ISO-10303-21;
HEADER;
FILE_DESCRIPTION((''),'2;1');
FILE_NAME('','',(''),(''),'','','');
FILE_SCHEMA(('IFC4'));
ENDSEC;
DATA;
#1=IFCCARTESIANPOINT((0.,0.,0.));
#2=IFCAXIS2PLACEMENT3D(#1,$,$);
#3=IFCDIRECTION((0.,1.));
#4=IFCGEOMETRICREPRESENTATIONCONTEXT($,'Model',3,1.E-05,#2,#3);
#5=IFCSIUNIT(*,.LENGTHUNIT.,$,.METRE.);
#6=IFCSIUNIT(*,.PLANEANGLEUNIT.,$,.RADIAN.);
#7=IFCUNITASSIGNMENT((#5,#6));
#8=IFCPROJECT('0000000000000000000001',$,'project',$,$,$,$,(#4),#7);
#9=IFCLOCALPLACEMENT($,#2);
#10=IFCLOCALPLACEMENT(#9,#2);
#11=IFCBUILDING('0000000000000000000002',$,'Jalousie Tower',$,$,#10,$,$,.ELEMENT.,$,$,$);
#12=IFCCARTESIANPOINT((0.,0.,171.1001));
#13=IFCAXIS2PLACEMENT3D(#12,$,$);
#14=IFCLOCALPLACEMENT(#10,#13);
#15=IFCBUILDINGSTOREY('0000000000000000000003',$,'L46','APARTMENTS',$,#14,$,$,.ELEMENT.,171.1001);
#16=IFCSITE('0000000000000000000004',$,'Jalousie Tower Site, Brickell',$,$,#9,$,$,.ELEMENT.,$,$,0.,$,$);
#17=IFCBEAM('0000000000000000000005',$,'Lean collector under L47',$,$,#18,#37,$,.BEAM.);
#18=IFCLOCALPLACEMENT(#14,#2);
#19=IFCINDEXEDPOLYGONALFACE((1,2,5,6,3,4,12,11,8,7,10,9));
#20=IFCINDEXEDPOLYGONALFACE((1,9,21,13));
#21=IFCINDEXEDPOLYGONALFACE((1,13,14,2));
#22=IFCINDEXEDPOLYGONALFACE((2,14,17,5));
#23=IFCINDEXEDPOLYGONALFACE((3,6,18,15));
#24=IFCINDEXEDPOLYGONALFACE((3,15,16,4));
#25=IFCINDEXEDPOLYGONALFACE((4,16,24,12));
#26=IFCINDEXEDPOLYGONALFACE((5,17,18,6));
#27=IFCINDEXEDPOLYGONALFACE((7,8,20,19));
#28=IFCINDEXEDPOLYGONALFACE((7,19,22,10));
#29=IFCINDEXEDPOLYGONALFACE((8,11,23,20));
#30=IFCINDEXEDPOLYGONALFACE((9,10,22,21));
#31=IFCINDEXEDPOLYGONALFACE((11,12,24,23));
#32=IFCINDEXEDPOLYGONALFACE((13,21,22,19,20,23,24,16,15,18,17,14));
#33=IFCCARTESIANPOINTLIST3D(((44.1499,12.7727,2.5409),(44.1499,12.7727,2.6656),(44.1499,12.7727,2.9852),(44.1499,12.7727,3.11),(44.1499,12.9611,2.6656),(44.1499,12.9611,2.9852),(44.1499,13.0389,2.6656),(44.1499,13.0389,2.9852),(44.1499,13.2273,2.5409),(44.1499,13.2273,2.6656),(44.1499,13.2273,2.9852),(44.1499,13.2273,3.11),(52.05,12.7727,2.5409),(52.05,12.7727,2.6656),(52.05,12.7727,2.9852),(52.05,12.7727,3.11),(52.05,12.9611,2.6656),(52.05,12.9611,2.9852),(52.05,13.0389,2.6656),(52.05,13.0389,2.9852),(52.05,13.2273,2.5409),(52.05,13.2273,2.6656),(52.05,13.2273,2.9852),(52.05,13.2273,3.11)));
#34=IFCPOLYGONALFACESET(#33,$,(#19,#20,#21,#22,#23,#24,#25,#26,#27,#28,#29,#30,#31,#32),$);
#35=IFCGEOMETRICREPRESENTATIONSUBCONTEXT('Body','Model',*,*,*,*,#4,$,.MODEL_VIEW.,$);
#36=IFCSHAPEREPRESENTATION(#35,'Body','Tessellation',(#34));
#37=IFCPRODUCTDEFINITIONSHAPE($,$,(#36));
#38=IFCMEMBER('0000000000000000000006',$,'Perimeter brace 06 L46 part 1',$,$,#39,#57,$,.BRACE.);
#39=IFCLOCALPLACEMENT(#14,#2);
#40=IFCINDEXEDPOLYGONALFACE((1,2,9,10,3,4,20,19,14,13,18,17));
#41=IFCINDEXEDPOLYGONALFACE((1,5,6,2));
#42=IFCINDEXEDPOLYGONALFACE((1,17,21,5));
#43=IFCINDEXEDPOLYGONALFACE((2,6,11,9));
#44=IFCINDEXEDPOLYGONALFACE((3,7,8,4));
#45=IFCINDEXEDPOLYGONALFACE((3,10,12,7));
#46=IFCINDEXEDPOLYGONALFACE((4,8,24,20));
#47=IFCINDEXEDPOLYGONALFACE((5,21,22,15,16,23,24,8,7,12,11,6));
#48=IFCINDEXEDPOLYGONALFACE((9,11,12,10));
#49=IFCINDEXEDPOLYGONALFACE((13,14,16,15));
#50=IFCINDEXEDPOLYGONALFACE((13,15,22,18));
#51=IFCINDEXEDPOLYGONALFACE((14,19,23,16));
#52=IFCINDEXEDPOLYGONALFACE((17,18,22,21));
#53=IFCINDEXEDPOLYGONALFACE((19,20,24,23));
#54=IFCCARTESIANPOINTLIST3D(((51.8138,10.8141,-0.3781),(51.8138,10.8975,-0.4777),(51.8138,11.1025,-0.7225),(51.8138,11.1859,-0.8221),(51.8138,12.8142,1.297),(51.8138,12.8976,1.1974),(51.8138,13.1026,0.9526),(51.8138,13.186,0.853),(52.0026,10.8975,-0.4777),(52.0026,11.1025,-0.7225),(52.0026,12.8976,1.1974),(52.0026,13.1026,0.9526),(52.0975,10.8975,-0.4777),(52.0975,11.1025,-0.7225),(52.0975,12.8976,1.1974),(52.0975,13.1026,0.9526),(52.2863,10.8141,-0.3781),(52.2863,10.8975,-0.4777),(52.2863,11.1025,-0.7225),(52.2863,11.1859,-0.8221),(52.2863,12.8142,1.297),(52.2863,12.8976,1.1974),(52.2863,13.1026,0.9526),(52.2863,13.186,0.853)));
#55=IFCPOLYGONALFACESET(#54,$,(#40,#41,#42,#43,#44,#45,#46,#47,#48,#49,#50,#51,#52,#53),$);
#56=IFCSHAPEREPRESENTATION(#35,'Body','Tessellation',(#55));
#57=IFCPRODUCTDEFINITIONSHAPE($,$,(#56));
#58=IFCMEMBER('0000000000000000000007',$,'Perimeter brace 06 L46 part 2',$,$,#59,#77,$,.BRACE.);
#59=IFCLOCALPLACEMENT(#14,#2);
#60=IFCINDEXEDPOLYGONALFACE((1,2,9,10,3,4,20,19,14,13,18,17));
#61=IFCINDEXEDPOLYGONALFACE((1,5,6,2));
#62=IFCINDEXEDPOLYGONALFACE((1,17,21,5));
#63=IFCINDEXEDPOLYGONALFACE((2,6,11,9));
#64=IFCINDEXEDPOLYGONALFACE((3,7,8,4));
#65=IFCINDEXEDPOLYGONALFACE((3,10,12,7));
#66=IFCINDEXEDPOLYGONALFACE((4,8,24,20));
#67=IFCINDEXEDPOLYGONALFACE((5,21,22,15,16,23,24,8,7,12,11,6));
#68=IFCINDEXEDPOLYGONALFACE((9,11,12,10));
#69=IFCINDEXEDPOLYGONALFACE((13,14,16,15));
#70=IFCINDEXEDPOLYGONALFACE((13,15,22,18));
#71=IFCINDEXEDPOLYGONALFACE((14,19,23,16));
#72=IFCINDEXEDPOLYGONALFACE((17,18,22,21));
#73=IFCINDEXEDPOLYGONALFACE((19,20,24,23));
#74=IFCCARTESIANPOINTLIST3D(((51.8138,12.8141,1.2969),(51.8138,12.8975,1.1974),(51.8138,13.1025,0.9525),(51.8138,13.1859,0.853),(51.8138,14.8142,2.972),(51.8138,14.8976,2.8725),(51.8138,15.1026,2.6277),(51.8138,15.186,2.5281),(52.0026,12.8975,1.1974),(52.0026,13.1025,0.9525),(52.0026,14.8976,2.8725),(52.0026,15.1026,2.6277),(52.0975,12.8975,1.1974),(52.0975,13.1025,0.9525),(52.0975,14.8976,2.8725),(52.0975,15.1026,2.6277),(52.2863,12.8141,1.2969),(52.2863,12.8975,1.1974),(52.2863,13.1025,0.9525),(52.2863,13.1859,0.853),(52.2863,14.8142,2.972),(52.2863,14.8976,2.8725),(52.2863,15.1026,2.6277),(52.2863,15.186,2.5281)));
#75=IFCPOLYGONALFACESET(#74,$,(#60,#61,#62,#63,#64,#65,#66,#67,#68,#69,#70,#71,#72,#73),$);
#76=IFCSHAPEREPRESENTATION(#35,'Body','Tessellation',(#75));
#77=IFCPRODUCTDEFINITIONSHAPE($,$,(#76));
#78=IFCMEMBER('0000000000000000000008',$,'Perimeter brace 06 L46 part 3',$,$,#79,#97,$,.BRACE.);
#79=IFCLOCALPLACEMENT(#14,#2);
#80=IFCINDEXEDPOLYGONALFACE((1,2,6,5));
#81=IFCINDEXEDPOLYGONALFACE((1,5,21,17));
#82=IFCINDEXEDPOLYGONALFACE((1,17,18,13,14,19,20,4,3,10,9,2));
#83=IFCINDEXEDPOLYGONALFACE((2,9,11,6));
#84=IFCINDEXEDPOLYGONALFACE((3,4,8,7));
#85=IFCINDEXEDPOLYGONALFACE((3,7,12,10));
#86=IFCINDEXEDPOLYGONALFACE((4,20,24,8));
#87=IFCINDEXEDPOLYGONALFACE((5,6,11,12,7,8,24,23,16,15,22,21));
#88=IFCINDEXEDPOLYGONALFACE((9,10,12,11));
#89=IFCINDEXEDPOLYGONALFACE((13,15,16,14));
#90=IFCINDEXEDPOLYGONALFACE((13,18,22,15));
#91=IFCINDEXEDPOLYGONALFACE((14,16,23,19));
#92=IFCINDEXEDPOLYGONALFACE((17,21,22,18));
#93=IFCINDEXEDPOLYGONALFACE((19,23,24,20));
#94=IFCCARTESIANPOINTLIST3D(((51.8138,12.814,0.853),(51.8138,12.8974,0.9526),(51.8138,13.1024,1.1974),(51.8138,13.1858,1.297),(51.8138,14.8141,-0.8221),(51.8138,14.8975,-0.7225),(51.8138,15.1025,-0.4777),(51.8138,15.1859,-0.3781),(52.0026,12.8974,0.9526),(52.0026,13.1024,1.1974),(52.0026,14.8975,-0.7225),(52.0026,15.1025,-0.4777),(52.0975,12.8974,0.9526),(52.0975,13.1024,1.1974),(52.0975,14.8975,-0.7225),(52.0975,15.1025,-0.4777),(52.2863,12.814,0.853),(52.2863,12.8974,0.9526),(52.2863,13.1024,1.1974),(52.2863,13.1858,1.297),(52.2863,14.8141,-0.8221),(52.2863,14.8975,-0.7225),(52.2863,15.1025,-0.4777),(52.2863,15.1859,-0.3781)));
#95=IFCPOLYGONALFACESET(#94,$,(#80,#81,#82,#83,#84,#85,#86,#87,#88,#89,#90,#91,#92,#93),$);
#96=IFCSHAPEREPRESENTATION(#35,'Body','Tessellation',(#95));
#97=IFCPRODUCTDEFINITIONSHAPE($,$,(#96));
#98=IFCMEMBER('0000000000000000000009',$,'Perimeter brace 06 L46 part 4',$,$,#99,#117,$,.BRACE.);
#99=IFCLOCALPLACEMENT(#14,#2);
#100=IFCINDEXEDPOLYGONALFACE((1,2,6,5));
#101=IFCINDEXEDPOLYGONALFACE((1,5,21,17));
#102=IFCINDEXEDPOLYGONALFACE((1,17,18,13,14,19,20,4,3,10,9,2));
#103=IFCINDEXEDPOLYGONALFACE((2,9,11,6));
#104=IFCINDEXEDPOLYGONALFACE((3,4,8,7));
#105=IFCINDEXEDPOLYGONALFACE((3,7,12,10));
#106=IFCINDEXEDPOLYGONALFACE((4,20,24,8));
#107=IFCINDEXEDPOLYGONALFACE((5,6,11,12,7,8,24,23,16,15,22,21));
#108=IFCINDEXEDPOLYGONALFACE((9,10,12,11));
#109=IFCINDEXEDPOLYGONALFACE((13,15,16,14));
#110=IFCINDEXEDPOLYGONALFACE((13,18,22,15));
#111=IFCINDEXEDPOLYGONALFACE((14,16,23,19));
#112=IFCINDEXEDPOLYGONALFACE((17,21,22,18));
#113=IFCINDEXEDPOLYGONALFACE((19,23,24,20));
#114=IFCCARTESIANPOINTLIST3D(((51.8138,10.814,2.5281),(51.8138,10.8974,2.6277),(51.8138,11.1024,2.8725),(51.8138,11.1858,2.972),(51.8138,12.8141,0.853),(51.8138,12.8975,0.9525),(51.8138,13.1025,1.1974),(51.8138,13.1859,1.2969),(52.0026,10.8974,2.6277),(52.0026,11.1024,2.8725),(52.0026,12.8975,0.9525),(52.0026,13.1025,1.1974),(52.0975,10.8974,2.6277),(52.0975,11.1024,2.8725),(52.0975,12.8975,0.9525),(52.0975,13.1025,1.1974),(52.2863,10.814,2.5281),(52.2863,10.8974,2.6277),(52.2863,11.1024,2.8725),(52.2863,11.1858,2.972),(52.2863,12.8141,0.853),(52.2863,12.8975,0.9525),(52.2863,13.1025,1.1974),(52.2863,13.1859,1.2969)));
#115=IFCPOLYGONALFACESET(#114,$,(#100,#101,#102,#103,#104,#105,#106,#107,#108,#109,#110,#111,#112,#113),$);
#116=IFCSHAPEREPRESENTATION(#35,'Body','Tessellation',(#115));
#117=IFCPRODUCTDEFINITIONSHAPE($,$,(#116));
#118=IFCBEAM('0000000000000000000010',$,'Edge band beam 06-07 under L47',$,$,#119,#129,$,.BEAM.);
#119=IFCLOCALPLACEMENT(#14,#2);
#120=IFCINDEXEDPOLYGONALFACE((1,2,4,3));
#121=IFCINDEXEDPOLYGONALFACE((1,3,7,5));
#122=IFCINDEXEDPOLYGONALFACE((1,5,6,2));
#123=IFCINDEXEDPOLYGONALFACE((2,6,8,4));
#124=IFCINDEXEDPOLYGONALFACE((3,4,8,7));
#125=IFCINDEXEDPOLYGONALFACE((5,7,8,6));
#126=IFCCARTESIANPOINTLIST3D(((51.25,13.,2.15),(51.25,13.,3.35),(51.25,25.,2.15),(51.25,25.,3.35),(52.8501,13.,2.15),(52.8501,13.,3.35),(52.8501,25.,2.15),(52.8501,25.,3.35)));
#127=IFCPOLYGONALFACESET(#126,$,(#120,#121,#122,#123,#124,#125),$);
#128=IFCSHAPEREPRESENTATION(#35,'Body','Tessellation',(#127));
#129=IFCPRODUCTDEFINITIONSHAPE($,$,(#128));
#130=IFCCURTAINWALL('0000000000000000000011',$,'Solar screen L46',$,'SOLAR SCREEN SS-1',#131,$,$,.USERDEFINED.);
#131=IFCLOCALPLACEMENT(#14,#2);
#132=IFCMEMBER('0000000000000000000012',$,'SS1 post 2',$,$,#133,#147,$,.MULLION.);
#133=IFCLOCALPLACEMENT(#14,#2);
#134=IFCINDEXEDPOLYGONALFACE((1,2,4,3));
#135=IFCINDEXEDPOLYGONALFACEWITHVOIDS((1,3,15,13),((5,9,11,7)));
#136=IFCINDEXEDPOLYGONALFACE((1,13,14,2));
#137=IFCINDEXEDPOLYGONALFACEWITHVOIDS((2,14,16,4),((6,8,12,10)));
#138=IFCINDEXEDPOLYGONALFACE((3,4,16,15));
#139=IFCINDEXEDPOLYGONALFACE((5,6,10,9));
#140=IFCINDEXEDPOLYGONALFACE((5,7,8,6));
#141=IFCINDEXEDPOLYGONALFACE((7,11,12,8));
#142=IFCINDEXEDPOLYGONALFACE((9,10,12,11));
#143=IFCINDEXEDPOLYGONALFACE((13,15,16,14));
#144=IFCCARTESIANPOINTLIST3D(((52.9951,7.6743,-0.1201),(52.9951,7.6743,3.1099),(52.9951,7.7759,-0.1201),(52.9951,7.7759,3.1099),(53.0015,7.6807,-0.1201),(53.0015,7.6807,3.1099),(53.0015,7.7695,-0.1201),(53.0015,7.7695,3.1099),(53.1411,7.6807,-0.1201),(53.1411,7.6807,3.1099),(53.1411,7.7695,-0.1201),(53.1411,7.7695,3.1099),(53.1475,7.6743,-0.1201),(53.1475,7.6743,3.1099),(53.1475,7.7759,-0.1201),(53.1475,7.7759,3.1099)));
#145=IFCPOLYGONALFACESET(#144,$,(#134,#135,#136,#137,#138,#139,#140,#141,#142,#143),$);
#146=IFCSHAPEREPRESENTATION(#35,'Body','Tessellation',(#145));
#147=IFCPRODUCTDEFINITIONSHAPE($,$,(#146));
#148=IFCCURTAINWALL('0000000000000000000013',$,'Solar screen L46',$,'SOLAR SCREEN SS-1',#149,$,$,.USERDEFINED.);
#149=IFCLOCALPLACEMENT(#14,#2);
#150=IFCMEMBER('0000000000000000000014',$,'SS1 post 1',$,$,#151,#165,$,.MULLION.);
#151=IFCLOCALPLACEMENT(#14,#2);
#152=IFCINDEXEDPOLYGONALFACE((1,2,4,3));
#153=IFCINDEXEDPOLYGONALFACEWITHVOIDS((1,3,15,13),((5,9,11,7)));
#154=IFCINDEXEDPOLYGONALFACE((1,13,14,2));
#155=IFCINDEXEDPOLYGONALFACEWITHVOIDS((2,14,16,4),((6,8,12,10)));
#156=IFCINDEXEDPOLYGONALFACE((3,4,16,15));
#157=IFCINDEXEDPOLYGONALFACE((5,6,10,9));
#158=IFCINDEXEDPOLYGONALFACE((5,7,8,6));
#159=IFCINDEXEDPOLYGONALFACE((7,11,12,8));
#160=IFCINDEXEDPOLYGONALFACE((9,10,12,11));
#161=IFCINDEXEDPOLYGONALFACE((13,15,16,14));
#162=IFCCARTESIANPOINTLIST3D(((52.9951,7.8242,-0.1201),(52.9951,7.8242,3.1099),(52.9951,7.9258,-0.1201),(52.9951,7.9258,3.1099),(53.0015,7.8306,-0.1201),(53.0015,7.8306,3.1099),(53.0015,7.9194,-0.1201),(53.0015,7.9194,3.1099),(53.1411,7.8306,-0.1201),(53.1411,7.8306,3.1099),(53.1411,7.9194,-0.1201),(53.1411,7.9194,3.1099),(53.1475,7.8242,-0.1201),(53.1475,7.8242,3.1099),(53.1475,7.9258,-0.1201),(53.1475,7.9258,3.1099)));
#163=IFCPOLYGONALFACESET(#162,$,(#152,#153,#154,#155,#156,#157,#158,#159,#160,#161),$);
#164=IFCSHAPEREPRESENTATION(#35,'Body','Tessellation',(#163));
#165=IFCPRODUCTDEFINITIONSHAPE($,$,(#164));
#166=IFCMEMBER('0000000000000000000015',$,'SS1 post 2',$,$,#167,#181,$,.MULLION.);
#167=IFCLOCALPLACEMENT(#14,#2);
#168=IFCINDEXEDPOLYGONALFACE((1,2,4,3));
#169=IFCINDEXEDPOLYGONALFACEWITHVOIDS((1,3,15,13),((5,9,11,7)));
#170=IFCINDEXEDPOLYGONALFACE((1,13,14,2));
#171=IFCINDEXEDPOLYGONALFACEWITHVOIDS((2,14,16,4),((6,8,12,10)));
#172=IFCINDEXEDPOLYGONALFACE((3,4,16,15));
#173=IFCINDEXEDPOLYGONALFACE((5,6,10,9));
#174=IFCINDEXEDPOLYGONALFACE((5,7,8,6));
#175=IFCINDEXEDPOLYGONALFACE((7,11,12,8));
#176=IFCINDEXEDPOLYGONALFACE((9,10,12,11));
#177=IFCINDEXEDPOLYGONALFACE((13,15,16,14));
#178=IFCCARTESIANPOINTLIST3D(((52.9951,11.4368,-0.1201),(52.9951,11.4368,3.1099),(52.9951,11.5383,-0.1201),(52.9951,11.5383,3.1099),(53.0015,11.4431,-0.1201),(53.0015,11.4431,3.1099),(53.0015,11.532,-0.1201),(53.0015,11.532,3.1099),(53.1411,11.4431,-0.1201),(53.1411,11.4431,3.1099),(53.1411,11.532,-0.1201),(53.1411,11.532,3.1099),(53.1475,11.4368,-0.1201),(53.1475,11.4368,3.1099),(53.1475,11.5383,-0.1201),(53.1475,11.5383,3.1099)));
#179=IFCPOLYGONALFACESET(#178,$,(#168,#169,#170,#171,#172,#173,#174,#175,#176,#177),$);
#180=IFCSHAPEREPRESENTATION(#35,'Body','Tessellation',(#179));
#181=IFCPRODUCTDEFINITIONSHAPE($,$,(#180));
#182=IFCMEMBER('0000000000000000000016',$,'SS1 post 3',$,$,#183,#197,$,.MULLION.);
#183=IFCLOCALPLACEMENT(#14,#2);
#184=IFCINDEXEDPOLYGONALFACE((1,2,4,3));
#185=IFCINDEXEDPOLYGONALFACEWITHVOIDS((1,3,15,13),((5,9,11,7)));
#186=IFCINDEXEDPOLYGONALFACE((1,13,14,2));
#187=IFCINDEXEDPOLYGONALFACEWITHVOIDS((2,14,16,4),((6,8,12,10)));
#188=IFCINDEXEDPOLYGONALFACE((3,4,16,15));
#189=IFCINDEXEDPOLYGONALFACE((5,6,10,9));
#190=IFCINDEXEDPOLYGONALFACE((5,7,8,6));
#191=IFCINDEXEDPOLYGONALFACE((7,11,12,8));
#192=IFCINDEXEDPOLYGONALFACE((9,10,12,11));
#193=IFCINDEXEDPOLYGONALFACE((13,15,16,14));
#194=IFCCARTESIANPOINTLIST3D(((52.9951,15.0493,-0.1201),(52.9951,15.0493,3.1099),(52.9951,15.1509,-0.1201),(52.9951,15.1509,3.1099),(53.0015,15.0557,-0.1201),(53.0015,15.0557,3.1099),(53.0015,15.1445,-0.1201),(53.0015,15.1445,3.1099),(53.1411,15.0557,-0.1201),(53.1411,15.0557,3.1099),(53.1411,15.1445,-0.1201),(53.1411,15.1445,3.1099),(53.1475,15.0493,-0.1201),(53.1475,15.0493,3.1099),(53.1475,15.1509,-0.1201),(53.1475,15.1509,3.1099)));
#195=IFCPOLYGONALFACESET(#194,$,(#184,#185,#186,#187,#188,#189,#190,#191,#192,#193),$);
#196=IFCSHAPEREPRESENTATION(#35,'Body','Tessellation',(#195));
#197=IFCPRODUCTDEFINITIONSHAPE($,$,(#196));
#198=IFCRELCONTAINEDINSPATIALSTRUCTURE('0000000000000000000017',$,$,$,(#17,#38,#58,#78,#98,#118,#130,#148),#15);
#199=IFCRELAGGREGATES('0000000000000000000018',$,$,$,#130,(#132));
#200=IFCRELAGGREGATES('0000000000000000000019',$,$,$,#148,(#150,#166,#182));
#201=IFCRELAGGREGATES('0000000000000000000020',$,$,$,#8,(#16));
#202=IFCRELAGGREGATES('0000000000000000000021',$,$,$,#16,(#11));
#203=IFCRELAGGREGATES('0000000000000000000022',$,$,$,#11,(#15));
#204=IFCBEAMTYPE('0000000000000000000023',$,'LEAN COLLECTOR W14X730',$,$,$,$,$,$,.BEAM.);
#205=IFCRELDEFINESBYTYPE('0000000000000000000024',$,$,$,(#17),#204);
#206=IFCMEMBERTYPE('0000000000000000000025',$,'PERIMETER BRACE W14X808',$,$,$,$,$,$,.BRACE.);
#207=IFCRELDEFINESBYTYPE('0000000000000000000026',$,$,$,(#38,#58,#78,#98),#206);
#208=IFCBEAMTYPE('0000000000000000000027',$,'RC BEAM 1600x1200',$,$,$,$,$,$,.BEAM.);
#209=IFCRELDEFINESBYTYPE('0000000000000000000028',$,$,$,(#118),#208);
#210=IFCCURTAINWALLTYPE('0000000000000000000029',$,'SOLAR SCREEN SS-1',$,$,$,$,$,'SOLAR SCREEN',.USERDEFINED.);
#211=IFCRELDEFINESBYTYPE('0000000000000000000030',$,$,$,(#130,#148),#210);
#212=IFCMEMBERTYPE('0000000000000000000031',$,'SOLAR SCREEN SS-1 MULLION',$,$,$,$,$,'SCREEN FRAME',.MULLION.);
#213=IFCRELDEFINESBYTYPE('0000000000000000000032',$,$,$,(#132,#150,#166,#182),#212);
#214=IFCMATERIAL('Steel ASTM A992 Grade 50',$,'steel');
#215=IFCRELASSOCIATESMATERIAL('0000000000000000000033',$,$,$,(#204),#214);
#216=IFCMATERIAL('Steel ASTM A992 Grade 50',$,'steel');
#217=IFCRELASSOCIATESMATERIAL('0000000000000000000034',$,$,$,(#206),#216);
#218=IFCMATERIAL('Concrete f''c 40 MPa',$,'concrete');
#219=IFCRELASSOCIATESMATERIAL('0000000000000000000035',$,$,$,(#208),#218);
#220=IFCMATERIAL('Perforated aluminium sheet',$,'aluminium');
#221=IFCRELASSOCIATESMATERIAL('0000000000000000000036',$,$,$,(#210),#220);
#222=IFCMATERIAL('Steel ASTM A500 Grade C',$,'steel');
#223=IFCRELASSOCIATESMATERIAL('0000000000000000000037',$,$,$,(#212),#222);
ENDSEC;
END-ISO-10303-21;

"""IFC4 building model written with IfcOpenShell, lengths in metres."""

from ifc_helpers import new_model, si_unit, direction, frame, origin, origin_2d, place, context, subcontext, project, spatial, rectangle, hollow_rectangle, i_section, extrude, material, material_profile, profile_set, type_object, element, aggregate, save


model = new_model("IFC4")

# Units and contexts
model_context = context("Model", 3, precision=1e-05, world=origin(), true_north=direction((0.0, 1.0)))
body_context = subcontext(model_context, "Body", "Model", "MODEL_VIEW")
ifc_project = project(units=[si_unit("LENGTHUNIT", "METRE"), si_unit("PLANEANGLEUNIT", "RADIAN")], contexts=[model_context])

# Site, building, storey
site_placement = place(None, origin())
site = spatial("IfcSite", under=ifc_project, at=site_placement, Name="Jalousie Tower Site, Brickell", CompositionType="ELEMENT", RefElevation=0.0)
building_placement = place(site_placement, origin())
building = spatial("IfcBuilding", under=site, at=building_placement, Name="Jalousie Tower", CompositionType="ELEMENT")
storey_placement = place(building_placement, frame((0.0, 0.0, 171.1001)))
storey = spatial("IfcBuildingStorey", under=building, at=storey_placement, Name="L46", Description="APARTMENTS", CompositionType="ELEMENT", Elevation=171.1001)

# Beam
ifc_material_1 = material(Name="Steel ASTM A992 Grade 50", Category="steel")
ifc_material_profile_1 = material_profile(ifc_material_1, i_section(OverallWidth=0.4546, OverallDepth=0.5691, WebThickness=0.0779, FlangeThickness=0.1248, at=origin_2d()), Name="W14X730")
ifc_profile_set_1 = profile_set([ifc_material_profile_1], Name="Steel ASTM A992 Grade 50")
beam_type_1 = type_object("IfcBeamType", Name="LEAN COLLECTOR W14X730", PredefinedType="BEAM", material=ifc_profile_set_1)
beam_1_placement = place(storey_placement, frame((52.05, 13.0, 2.8254), z_axis=(-1.0, 0.0, 0.0), x_axis=(0.0, -1.0, 0.0)))
element("IfcBeam", 1, at=beam_1_placement, inside=storey, type_object=beam_type_1, Name="Lean collector under L47", PredefinedType="BEAM", context=body_context, shape_type="SweptSolid", body=[
    extrude(i_section(OverallWidth=0.4546, OverallDepth=0.5691, WebThickness=0.0779, FlangeThickness=0.1248, at=origin_2d()), origin(), (0.0, 0.0, 1.0), 7.9001),
])

# Members
ifc_material_2 = material(Name="Steel ASTM A992 Grade 50", Category="steel")
ifc_material_profile_2 = material_profile(ifc_material_2, i_section(OverallWidth=0.4724, OverallDepth=0.5791, WebThickness=0.095, FlangeThickness=0.1299, at=origin_2d()), Name="W14X808")
ifc_profile_set_2 = profile_set([ifc_material_profile_2], Name="Steel ASTM A992 Grade 50")
member_type_1 = type_object("IfcMemberType", Name="PERIMETER BRACE W14X808", PredefinedType="BRACE", material=ifc_profile_set_2)
for number, where, z_axis, x_axis, name in (
    (2, (52.05, 11.0, -0.6001), (0.0, 0.766639, 0.642079), (-1.0, 0.0, 0.0), "Perimeter brace 06 L46 part 1"),
    (3, (52.05, 13.0, 1.075), (0.0, 0.766639, 0.642079), (-1.0, 0.0, 0.0), "Perimeter brace 06 L46 part 2"),
    (4, (52.05, 15.0, -0.6001), (0.0, -0.766639, 0.642079), (1.0, 0.0, 0.0), "Perimeter brace 06 L46 part 3"),
    (5, (52.05, 13.0, 1.075), (0.0, -0.766639, 0.642079), (1.0, 0.0, 0.0), "Perimeter brace 06 L46 part 4"),
):
    element("IfcMember", number, at=place(storey_placement, frame(where, z_axis=z_axis, x_axis=x_axis)), inside=storey, type_object=member_type_1, Name=name, PredefinedType="BRACE", context=body_context, shape_type="SweptSolid", body=[
        extrude(i_section(OverallWidth=0.4724, OverallDepth=0.5791, WebThickness=0.095, FlangeThickness=0.1299, at=origin_2d()), origin(), (0.0, 0.0, 1.0), 2.6089),
    ])

# Beam
ifc_material_3 = material(Name="Concrete f'c 40 MPa", Category="concrete")
ifc_material_profile_3 = material_profile(ifc_material_3, rectangle(XDim=1.6001, YDim=1.2, at=origin_2d()), Name="RC 1600x1200")
ifc_profile_set_3 = profile_set([ifc_material_profile_3], Name="Concrete f'c 40 MPa")
beam_type_2 = type_object("IfcBeamType", Name="RC BEAM 1600x1200", PredefinedType="BEAM", material=ifc_profile_set_3)
beam_2_placement = place(storey_placement, frame((52.05, 13.0, 2.75), z_axis=(0.0, 1.0, 0.0), x_axis=(-1.0, 0.0, 0.0)))
element("IfcBeam", 6, at=beam_2_placement, inside=storey, type_object=beam_type_2, Name="Edge band beam 06-07 under L47", PredefinedType="BEAM", context=body_context, shape_type="SweptSolid", body=[
    extrude(rectangle(XDim=1.6001, YDim=1.2, at=origin_2d()), origin(), (0.0, 0.0, 1.0), 12.0),
])

# Curtain wall, member
ifc_material_4 = material(Name="Perforated aluminium sheet", Category="aluminium")
curtain_wall_type = type_object("IfcCurtainWallType", Name="SOLAR SCREEN SS-1", ElementType="SOLAR SCREEN", PredefinedType="USERDEFINED", material=ifc_material_4)
curtain_wall_1_placement = place(storey_placement, origin())
curtain_wall_1 = element("IfcCurtainWall", 7, at=curtain_wall_1_placement, inside=storey, type_object=curtain_wall_type, Name="Solar screen L46", ObjectType="SOLAR SCREEN SS-1", PredefinedType="USERDEFINED")
ifc_material_5 = material(Name="Steel ASTM A500 Grade C", Category="steel")
ifc_material_profile_4 = material_profile(ifc_material_5, hollow_rectangle(XDim=0.1016, YDim=0.1523, WallThickness=0.0063, at=origin_2d()), Name="HSS6X4X1/4")
ifc_profile_set_4 = profile_set([ifc_material_profile_4], Name="Steel ASTM A500 Grade C")
member_type_2 = type_object("IfcMemberType", Name="SOLAR SCREEN SS-1 MULLION", ElementType="SCREEN FRAME", PredefinedType="MULLION", material=ifc_profile_set_4)
member_1_placement = place(storey_placement, frame((53.0713, 7.7251, -0.1201), z_axis=(0.0, 0.0, 1.0), x_axis=(0.0, 1.0, 0.0)))
member_1 = element("IfcMember", 8, at=member_1_placement, type_object=member_type_2, Name="SS1 post 2", PredefinedType="MULLION", context=body_context, shape_type="SweptSolid", body=[
    extrude(hollow_rectangle(XDim=0.1016, YDim=0.1523, WallThickness=0.0063, at=origin_2d()), origin(), (0.0, 0.0, 1.0), 3.23),
])

# Curtain wall, members
curtain_wall_2_placement = place(storey_placement, origin())
curtain_wall_2 = element("IfcCurtainWall", 9, at=curtain_wall_2_placement, inside=storey, type_object=curtain_wall_type, Name="Solar screen L46", ObjectType="SOLAR SCREEN SS-1", PredefinedType="USERDEFINED")
member_2_placement = place(storey_placement, frame((53.0713, 7.875, -0.1201), z_axis=(0.0, 0.0, 1.0), x_axis=(0.0, 1.0, 0.0)))
member_2 = element("IfcMember", 10, at=member_2_placement, type_object=member_type_2, Name="SS1 post 1", PredefinedType="MULLION", context=body_context, shape_type="SweptSolid", body=[
    extrude(hollow_rectangle(XDim=0.1016, YDim=0.1523, WallThickness=0.0063, at=origin_2d()), origin(), (0.0, 0.0, 1.0), 3.23),
])
member_3_placement = place(storey_placement, frame((53.0713, 11.4875, -0.1201), z_axis=(0.0, 0.0, 1.0), x_axis=(0.0, 1.0, 0.0)))
member_3 = element("IfcMember", 11, at=member_3_placement, type_object=member_type_2, Name="SS1 post 2", PredefinedType="MULLION", context=body_context, shape_type="SweptSolid", body=[
    extrude(hollow_rectangle(XDim=0.1016, YDim=0.1523, WallThickness=0.0063, at=origin_2d()), origin(), (0.0, 0.0, 1.0), 3.23),
])
member_4_placement = place(storey_placement, frame((53.0713, 15.1001, -0.1201), z_axis=(0.0, 0.0, 1.0), x_axis=(0.0, 1.0, 0.0)))
member_4 = element("IfcMember", 12, at=member_4_placement, type_object=member_type_2, Name="SS1 post 3", PredefinedType="MULLION", context=body_context, shape_type="SweptSolid", body=[
    extrude(hollow_rectangle(XDim=0.1016, YDim=0.1523, WallThickness=0.0063, at=origin_2d()), origin(), (0.0, 0.0, 1.0), 3.23),
])

aggregate(curtain_wall_1, [member_1])
aggregate(curtain_wall_2, [member_2, member_3, member_4])

save(model, "model.ifc")
